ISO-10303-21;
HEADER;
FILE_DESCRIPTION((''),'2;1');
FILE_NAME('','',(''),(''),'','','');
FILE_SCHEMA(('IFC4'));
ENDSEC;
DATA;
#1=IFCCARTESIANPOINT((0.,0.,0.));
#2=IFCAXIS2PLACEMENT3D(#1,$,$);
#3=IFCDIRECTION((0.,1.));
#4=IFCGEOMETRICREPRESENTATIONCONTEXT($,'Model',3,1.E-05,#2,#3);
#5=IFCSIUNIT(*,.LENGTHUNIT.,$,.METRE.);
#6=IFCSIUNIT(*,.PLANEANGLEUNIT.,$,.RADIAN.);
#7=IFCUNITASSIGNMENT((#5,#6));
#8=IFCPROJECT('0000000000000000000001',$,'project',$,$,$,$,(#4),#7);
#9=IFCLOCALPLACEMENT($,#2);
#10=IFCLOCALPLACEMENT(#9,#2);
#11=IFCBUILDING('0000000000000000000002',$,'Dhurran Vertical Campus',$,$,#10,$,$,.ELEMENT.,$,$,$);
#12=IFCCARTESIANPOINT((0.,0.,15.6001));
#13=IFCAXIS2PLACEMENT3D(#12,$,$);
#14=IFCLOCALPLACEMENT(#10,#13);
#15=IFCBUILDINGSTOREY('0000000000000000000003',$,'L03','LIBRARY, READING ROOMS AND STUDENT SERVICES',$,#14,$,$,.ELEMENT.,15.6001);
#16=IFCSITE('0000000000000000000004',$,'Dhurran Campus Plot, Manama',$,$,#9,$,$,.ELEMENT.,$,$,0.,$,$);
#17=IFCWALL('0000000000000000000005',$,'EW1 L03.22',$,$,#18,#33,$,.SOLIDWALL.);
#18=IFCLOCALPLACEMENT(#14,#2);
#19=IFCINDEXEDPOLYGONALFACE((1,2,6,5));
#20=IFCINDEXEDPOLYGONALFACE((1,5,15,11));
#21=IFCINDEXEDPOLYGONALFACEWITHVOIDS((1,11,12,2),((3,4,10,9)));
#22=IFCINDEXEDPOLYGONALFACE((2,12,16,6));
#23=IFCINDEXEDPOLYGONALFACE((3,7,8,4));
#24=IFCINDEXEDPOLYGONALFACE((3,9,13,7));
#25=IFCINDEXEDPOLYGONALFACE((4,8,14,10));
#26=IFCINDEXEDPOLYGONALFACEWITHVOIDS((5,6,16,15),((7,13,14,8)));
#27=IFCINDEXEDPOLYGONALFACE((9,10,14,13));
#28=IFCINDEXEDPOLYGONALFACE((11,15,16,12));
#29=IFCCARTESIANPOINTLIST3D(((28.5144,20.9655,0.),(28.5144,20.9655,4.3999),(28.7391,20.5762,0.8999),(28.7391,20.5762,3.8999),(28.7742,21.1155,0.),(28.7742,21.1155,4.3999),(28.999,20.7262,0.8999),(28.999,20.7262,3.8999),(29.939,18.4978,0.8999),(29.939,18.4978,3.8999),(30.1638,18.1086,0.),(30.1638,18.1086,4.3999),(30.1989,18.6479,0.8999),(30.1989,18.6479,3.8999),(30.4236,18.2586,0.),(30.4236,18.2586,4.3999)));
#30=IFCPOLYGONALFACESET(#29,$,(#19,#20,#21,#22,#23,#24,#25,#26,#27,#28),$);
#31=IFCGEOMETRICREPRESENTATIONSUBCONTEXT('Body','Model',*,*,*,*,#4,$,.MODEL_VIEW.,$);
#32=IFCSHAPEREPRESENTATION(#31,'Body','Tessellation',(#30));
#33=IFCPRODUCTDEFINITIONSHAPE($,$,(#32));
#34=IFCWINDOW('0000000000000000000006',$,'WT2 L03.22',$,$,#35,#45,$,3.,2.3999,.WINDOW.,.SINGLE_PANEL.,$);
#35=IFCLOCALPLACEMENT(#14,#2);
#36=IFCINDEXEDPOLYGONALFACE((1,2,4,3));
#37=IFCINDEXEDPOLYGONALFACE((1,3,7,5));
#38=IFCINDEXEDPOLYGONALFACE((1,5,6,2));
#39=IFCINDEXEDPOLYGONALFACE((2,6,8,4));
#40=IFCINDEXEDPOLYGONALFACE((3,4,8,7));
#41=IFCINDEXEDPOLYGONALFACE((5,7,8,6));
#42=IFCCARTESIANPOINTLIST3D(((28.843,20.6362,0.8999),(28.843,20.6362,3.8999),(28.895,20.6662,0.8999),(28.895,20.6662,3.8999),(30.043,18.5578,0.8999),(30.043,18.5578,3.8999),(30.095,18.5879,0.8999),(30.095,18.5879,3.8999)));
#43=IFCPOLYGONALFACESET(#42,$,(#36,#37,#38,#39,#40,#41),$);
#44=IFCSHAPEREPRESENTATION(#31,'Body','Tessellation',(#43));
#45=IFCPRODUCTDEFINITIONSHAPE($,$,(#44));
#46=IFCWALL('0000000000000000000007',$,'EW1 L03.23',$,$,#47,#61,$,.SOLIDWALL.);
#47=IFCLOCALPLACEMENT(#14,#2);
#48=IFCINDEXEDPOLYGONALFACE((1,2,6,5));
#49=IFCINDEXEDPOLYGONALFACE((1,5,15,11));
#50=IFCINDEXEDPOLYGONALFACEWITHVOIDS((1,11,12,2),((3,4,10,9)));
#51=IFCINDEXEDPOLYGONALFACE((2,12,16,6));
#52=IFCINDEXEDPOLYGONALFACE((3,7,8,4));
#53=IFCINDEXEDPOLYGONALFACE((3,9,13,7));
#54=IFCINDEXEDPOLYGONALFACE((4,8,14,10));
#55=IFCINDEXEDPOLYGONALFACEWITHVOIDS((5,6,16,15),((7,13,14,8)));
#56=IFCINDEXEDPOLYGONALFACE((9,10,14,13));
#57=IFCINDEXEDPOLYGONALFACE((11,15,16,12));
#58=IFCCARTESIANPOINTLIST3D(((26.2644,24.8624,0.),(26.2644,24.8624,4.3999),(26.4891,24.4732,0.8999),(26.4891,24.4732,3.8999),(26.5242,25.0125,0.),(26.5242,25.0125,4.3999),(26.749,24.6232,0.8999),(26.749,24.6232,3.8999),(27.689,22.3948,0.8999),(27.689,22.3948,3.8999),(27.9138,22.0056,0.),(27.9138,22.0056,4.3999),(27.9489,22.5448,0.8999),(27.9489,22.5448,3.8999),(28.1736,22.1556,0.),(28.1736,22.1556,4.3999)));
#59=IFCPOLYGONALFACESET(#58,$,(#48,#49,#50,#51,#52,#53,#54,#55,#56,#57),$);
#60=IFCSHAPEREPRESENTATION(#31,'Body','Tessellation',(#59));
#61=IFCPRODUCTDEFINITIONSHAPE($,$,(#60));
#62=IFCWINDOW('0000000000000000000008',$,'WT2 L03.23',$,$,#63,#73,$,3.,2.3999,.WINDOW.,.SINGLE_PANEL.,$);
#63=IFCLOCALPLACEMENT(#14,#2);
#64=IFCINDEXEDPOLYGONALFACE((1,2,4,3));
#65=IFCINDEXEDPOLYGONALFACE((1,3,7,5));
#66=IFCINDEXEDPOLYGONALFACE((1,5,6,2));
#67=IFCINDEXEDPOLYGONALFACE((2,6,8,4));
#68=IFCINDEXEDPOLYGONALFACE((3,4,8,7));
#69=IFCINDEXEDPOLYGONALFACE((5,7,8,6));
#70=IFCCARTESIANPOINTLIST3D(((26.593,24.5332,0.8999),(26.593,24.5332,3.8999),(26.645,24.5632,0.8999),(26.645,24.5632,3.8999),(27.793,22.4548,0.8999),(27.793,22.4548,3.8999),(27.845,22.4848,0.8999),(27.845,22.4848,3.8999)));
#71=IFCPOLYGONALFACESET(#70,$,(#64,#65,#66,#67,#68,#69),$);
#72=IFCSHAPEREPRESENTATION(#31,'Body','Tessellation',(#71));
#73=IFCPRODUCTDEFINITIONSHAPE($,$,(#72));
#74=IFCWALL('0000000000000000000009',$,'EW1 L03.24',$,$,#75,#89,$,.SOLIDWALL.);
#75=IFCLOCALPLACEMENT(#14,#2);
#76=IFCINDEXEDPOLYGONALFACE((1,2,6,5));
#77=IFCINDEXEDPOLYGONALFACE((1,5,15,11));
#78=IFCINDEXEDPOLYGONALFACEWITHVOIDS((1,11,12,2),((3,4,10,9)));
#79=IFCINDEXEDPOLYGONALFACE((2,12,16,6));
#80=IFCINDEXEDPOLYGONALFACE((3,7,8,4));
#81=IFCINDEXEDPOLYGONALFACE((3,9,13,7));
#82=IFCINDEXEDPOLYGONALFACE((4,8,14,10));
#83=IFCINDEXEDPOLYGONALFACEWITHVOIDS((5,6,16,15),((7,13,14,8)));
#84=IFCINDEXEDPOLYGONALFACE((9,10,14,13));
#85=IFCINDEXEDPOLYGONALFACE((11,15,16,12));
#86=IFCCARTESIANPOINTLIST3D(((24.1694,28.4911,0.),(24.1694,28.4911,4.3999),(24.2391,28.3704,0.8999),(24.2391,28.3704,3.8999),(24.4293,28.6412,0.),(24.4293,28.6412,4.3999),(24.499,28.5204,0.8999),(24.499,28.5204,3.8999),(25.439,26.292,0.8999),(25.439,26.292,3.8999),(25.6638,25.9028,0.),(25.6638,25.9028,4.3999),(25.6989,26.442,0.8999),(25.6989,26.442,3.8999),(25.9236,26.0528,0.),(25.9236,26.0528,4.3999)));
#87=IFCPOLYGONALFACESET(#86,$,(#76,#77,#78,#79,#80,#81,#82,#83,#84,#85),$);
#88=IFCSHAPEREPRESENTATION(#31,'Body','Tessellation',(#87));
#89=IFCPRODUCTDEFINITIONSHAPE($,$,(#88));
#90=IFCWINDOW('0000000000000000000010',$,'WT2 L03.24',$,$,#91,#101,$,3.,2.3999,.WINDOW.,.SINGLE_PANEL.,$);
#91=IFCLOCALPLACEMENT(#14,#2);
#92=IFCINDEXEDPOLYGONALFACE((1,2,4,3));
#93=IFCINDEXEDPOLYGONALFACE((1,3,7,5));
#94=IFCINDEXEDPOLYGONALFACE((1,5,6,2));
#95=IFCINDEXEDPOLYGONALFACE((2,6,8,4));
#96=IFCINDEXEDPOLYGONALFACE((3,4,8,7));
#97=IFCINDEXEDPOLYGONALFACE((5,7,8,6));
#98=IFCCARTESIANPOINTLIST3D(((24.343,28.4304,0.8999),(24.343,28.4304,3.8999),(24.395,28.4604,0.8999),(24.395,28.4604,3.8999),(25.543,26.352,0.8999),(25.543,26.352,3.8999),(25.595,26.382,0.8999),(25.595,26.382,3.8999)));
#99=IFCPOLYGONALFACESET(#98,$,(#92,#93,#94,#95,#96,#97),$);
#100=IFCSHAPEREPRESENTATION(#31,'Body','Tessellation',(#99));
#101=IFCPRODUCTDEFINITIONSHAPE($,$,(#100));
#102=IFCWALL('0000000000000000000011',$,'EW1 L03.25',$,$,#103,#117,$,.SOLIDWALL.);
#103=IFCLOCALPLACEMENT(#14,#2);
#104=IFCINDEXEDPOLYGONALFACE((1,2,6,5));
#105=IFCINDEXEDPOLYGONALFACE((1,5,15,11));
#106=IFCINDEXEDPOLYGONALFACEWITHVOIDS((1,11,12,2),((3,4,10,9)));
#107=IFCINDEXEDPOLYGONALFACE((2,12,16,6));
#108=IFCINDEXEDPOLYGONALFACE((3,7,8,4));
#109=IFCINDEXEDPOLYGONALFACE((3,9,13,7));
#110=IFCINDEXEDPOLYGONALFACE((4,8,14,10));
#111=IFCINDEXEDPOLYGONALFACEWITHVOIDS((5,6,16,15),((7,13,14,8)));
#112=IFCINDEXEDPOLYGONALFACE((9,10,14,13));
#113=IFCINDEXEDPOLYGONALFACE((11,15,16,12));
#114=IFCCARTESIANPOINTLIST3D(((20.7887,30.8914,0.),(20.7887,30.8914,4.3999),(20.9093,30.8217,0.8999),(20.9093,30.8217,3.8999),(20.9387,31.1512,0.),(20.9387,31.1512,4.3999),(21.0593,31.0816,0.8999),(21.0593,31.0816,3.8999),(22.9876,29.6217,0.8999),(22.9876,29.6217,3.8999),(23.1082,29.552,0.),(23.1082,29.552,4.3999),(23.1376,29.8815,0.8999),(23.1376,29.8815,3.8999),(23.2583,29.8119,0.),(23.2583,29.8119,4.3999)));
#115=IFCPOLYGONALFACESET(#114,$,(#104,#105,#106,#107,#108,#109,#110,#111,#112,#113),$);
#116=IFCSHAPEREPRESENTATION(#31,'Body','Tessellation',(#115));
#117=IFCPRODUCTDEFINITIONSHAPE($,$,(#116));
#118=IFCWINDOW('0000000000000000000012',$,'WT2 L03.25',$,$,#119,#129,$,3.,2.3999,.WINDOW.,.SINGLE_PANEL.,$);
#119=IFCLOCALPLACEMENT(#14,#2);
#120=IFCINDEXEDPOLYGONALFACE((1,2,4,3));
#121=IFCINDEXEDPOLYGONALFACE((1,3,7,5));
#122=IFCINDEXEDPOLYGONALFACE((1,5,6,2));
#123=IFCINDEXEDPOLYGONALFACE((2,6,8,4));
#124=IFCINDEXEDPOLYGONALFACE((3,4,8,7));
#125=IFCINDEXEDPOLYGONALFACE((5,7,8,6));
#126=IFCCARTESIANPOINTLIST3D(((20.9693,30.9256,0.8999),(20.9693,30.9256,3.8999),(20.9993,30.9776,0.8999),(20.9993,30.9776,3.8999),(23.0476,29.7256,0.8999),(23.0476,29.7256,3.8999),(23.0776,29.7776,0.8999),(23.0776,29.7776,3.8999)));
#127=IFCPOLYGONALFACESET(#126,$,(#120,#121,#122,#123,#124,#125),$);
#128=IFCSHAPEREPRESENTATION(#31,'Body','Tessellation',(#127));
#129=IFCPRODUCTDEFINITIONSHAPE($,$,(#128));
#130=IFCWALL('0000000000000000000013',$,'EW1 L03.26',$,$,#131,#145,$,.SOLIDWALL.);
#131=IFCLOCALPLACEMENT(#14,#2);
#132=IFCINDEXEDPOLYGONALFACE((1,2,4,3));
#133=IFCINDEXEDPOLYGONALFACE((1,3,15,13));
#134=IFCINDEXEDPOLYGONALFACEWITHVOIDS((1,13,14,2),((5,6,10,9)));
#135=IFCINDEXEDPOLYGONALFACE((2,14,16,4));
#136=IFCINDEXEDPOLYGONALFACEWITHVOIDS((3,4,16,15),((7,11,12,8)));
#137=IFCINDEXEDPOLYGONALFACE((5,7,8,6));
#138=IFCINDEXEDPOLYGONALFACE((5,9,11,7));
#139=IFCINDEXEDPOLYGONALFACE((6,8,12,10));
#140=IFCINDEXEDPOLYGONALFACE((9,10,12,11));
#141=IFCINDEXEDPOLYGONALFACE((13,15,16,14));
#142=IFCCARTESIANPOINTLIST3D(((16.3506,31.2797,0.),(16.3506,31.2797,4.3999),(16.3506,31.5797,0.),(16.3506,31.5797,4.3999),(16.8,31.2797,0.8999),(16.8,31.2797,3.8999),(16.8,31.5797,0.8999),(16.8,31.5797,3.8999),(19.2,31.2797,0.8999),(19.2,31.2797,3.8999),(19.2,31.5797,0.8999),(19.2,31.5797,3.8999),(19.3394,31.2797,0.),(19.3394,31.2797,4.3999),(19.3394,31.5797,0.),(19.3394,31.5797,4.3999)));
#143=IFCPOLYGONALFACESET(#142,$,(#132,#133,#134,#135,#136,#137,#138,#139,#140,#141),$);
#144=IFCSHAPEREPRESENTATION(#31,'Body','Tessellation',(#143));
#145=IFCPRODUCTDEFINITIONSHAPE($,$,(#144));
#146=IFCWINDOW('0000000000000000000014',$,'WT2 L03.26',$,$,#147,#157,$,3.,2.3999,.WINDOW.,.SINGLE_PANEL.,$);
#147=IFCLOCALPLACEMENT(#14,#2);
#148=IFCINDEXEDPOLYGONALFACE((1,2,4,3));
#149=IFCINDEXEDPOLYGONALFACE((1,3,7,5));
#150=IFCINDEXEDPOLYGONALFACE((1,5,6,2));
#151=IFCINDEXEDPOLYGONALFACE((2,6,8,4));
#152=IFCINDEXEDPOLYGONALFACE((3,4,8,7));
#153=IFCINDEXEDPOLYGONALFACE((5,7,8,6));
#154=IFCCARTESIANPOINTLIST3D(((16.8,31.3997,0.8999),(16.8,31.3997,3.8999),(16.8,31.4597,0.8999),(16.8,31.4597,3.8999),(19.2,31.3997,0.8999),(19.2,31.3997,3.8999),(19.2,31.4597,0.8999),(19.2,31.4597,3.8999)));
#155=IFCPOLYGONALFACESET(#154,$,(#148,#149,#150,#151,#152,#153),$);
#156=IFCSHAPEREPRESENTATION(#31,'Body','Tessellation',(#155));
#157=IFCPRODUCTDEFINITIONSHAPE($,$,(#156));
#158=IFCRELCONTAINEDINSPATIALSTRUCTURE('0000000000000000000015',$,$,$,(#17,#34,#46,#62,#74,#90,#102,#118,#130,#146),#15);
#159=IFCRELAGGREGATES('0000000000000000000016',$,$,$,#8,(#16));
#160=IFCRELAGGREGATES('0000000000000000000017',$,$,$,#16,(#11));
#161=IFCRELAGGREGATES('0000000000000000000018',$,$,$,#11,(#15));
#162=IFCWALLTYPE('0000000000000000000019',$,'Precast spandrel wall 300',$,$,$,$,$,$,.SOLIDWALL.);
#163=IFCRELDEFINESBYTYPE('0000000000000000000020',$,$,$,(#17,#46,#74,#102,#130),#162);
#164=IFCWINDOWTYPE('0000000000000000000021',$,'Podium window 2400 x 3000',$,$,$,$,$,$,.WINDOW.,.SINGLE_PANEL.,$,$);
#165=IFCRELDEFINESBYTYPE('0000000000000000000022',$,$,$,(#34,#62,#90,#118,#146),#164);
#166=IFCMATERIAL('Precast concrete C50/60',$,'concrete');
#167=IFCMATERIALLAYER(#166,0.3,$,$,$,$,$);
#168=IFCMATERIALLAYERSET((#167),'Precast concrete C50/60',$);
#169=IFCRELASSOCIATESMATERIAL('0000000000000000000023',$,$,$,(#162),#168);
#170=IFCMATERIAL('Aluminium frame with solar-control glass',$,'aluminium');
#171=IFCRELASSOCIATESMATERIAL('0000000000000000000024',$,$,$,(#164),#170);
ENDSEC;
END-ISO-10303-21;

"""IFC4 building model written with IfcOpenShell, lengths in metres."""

from ifc_helpers import new_model, si_unit, direction, frame, frame_2d, origin, place, context, subcontext, project, spatial, rectangle, extrude, material, layer, layer_set, type_object, element, fill, save


model = new_model("IFC4")

# Units and contexts
model_context = context("Model", 3, precision=1e-05, world=origin(), true_north=direction((0.0, 1.0)))
body_context = subcontext(model_context, "Body", "Model", "MODEL_VIEW")
ifc_project = project(units=[si_unit("LENGTHUNIT", "METRE"), si_unit("PLANEANGLEUNIT", "RADIAN")], contexts=[model_context])

# Site, building, storey
site_placement = place(None, origin())
site = spatial("IfcSite", under=ifc_project, at=site_placement, Name="Dhurran Campus Plot, Manama", CompositionType="ELEMENT", RefElevation=0.0)
building_placement = place(site_placement, origin())
building = spatial("IfcBuilding", under=site, at=building_placement, Name="Dhurran Vertical Campus", CompositionType="ELEMENT")
storey_placement = place(building_placement, frame((0.0, 0.0, 15.6001)))
storey = spatial("IfcBuildingStorey", under=building, at=storey_placement, Name="L03", Description="LIBRARY, READING ROOMS AND STUDENT SERVICES", CompositionType="ELEMENT", Elevation=15.6001)

# Walls, openings, windows
ifc_material_1 = material(Name="Precast concrete C50/60", Category="concrete")
ifc_layer_1 = layer(ifc_material_1, 0.3)
ifc_layer_set_1 = layer_set([ifc_layer_1], Name="Precast concrete C50/60")
wall_type_1 = type_object("IfcWallType", Name="Precast spandrel wall 300", PredefinedType="SOLIDWALL", material=ifc_layer_set_1)
wall_1_placement = place(storey_placement, frame((30.2937, 18.1836, 0.0), z_axis=(0.0, 0.0, 1.0), x_axis=(-0.499992, 0.86603, 0.0)))
wall_1 = element("IfcWall", 1, at=wall_1_placement, inside=storey, type_object=wall_type_1, Name="EW1 L03.22", PredefinedType="SOLIDWALL", context=body_context, shape_type="SweptSolid", body=[
    extrude(rectangle(XDim=3.2988, YDim=0.3, at=frame_2d((1.6494, 0.0))), origin(), (0.0, 0.0, 1.0), 4.3999),
])
opening_1_placement = place(wall_1_placement, frame((0.4495, 0.0, 0.8999)))
opening_1 = element("IfcOpeningElement", 2, at=opening_1_placement, cuts=wall_1, PredefinedType="OPENING", context=body_context, shape_type="SweptSolid", body=[
    extrude(rectangle(XDim=2.3999, YDim=3.0, at=frame_2d((1.2, 1.5))), frame((0.0, 0.1599, 0.0), z_axis=(0.0, -1.0, 0.0), x_axis=(1.0, 0.0, 0.0)), (0.0, 0.0, 1.0), 0.3201),
])
ifc_material_2 = material(Name="Aluminium frame with solar-control glass", Category="aluminium")
window_type = type_object("IfcWindowType", Name="Podium window 2400 x 3000", PartitioningType="SINGLE_PANEL", PredefinedType="WINDOW", material=ifc_material_2)
window_1_placement = place(opening_1_placement, origin())
window_1 = element("IfcWindow", 3, at=window_1_placement, inside=storey, type_object=window_type, Name="WT2 L03.22", OverallHeight=3.0, OverallWidth=2.3999, PartitioningType="SINGLE_PANEL", PredefinedType="WINDOW", context=body_context, shape_type="SweptSolid", body=[
    extrude(rectangle(XDim=2.3999, YDim=3.0, at=frame_2d((1.2, 1.5))), frame((0.0, 0.03, 0.0), z_axis=(0.0, -1.0, 0.0), x_axis=(1.0, 0.0, 0.0)), (0.0, 0.0, 1.0), 0.0601),
])
fill(opening_1, window_1)
wall_2_placement = place(storey_placement, frame((28.0437, 22.0806, 0.0), z_axis=(0.0, 0.0, 1.0), x_axis=(-0.499992, 0.86603, 0.0)))
wall_2 = element("IfcWall", 4, at=wall_2_placement, inside=storey, type_object=wall_type_1, Name="EW1 L03.23", PredefinedType="SOLIDWALL", context=body_context, shape_type="SweptSolid", body=[
    extrude(rectangle(XDim=3.2988, YDim=0.3, at=frame_2d((1.6494, 0.0))), origin(), (0.0, 0.0, 1.0), 4.3999),
])
opening_2_placement = place(wall_2_placement, frame((0.4495, 0.0, 0.8999)))
opening_2 = element("IfcOpeningElement", 5, at=opening_2_placement, cuts=wall_2, PredefinedType="OPENING", context=body_context, shape_type="SweptSolid", body=[
    extrude(rectangle(XDim=2.3999, YDim=3.0, at=frame_2d((1.2, 1.5))), frame((0.0, 0.1599, 0.0), z_axis=(0.0, -1.0, 0.0), x_axis=(1.0, 0.0, 0.0)), (0.0, 0.0, 1.0), 0.3201),
])
window_2_placement = place(opening_2_placement, origin())
window_2 = element("IfcWindow", 6, at=window_2_placement, inside=storey, type_object=window_type, Name="WT2 L03.23", OverallHeight=3.0, OverallWidth=2.3999, PartitioningType="SINGLE_PANEL", PredefinedType="WINDOW", context=body_context, shape_type="SweptSolid", body=[
    extrude(rectangle(XDim=2.3999, YDim=3.0, at=frame_2d((1.2, 1.5))), frame((0.0, 0.03, 0.0), z_axis=(0.0, -1.0, 0.0), x_axis=(1.0, 0.0, 0.0)), (0.0, 0.0, 1.0), 0.0601),
])
fill(opening_2, window_2)
wall_3_placement = place(storey_placement, frame((25.7937, 25.9778, 0.0), z_axis=(0.0, 0.0, 1.0), x_axis=(-0.499996, 0.866028, 0.0)))
wall_3 = element("IfcWall", 7, at=wall_3_placement, inside=storey, type_object=wall_type_1, Name="EW1 L03.24", PredefinedType="SOLIDWALL", context=body_context, shape_type="SweptSolid", body=[
    extrude(rectangle(XDim=2.9888, YDim=0.3, at=frame_2d((1.4944, 0.0))), origin(), (0.0, 0.0, 1.0), 4.3999),
])
opening_3_placement = place(wall_3_placement, frame((0.4495, 0.0, 0.8999)))
opening_3 = element("IfcOpeningElement", 8, at=opening_3_placement, cuts=wall_3, PredefinedType="OPENING", context=body_context, shape_type="SweptSolid", body=[
    extrude(rectangle(XDim=2.3999, YDim=3.0, at=frame_2d((1.2, 1.5))), frame((0.0, 0.1599, 0.0), z_axis=(0.0, -1.0, 0.0), x_axis=(1.0, 0.0, 0.0)), (0.0, 0.0, 1.0), 0.3201),
])
window_3_placement = place(opening_3_placement, origin())
window_3 = element("IfcWindow", 9, at=window_3_placement, inside=storey, type_object=window_type, Name="WT2 L03.24", OverallHeight=3.0, OverallWidth=2.3999, PartitioningType="SINGLE_PANEL", PredefinedType="WINDOW", context=body_context, shape_type="SweptSolid", body=[
    extrude(rectangle(XDim=2.3999, YDim=3.0, at=frame_2d((1.2, 1.5))), frame((0.0, 0.03, 0.0), z_axis=(0.0, -1.0, 0.0), x_axis=(1.0, 0.0, 0.0)), (0.0, 0.0, 1.0), 0.0601),
])
fill(opening_3, window_3)
wall_4_placement = place(storey_placement, frame((23.1833, 29.6819, 0.0), z_axis=(0.0, 0.0, 1.0), x_axis=(-0.866002, 0.500041, 0.0)))
wall_4 = element("IfcWall", 10, at=wall_4_placement, inside=storey, type_object=wall_type_1, Name="EW1 L03.25", PredefinedType="SOLIDWALL", context=body_context, shape_type="SweptSolid", body=[
    extrude(rectangle(XDim=2.6785, YDim=0.3, at=frame_2d((1.3394, 0.0))), origin(), (0.0, 0.0, 1.0), 4.3999),
])
opening_4_placement = place(wall_4_placement, frame((0.1394, 0.0, 0.8999)))
opening_4 = element("IfcOpeningElement", 11, at=opening_4_placement, cuts=wall_4, PredefinedType="OPENING", context=body_context, shape_type="SweptSolid", body=[
    extrude(rectangle(XDim=2.3999, YDim=3.0, at=frame_2d((1.2, 1.5))), frame((0.0, 0.1599, 0.0), z_axis=(0.0, -1.0, 0.0), x_axis=(1.0, 0.0, 0.0)), (0.0, 0.0, 1.0), 0.3201),
])
window_4_placement = place(opening_4_placement, origin())
window_4 = element("IfcWindow", 12, at=window_4_placement, inside=storey, type_object=window_type, Name="WT2 L03.25", OverallHeight=3.0, OverallWidth=2.3999, PartitioningType="SINGLE_PANEL", PredefinedType="WINDOW", context=body_context, shape_type="SweptSolid", body=[
    extrude(rectangle(XDim=2.3999, YDim=3.0, at=frame_2d((1.2, 1.5))), frame((0.0, 0.03, 0.0), z_axis=(0.0, -1.0, 0.0), x_axis=(1.0, 0.0, 0.0)), (0.0, 0.0, 1.0), 0.0601),
])
fill(opening_4, window_4)
wall_5_placement = place(storey_placement, frame((19.3394, 31.4297, 0.0), z_axis=(0.0, 0.0, 1.0), x_axis=(-1.0, 0.0, 0.0)))
wall_5 = element("IfcWall", 13, at=wall_5_placement, inside=storey, type_object=wall_type_1, Name="EW1 L03.26", PredefinedType="SOLIDWALL", context=body_context, shape_type="SweptSolid", body=[
    extrude(rectangle(XDim=2.9888, YDim=0.3, at=frame_2d((1.4944, 0.0))), origin(), (0.0, 0.0, 1.0), 4.3999),
])
opening_5_placement = place(wall_5_placement, frame((0.1394, 0.0, 0.8999)))
opening_5 = element("IfcOpeningElement", 14, at=opening_5_placement, cuts=wall_5, PredefinedType="OPENING", context=body_context, shape_type="SweptSolid", body=[
    extrude(rectangle(XDim=2.3999, YDim=3.0, at=frame_2d((1.2, 1.5))), frame((0.0, 0.1599, 0.0), z_axis=(0.0, -1.0, 0.0), x_axis=(1.0, 0.0, 0.0)), (0.0, 0.0, 1.0), 0.3201),
])
window_5_placement = place(opening_5_placement, origin())
window_5 = element("IfcWindow", 15, at=window_5_placement, inside=storey, type_object=window_type, Name="WT2 L03.26", OverallHeight=3.0, OverallWidth=2.3999, PartitioningType="SINGLE_PANEL", PredefinedType="WINDOW", context=body_context, shape_type="SweptSolid", body=[
    extrude(rectangle(XDim=2.3999, YDim=3.0, at=frame_2d((1.2, 1.5))), frame((0.0, 0.03, 0.0), z_axis=(0.0, -1.0, 0.0), x_axis=(1.0, 0.0, 0.0)), (0.0, 0.0, 1.0), 0.0601),
])
fill(opening_5, window_5)

save(model, "model.ifc")
